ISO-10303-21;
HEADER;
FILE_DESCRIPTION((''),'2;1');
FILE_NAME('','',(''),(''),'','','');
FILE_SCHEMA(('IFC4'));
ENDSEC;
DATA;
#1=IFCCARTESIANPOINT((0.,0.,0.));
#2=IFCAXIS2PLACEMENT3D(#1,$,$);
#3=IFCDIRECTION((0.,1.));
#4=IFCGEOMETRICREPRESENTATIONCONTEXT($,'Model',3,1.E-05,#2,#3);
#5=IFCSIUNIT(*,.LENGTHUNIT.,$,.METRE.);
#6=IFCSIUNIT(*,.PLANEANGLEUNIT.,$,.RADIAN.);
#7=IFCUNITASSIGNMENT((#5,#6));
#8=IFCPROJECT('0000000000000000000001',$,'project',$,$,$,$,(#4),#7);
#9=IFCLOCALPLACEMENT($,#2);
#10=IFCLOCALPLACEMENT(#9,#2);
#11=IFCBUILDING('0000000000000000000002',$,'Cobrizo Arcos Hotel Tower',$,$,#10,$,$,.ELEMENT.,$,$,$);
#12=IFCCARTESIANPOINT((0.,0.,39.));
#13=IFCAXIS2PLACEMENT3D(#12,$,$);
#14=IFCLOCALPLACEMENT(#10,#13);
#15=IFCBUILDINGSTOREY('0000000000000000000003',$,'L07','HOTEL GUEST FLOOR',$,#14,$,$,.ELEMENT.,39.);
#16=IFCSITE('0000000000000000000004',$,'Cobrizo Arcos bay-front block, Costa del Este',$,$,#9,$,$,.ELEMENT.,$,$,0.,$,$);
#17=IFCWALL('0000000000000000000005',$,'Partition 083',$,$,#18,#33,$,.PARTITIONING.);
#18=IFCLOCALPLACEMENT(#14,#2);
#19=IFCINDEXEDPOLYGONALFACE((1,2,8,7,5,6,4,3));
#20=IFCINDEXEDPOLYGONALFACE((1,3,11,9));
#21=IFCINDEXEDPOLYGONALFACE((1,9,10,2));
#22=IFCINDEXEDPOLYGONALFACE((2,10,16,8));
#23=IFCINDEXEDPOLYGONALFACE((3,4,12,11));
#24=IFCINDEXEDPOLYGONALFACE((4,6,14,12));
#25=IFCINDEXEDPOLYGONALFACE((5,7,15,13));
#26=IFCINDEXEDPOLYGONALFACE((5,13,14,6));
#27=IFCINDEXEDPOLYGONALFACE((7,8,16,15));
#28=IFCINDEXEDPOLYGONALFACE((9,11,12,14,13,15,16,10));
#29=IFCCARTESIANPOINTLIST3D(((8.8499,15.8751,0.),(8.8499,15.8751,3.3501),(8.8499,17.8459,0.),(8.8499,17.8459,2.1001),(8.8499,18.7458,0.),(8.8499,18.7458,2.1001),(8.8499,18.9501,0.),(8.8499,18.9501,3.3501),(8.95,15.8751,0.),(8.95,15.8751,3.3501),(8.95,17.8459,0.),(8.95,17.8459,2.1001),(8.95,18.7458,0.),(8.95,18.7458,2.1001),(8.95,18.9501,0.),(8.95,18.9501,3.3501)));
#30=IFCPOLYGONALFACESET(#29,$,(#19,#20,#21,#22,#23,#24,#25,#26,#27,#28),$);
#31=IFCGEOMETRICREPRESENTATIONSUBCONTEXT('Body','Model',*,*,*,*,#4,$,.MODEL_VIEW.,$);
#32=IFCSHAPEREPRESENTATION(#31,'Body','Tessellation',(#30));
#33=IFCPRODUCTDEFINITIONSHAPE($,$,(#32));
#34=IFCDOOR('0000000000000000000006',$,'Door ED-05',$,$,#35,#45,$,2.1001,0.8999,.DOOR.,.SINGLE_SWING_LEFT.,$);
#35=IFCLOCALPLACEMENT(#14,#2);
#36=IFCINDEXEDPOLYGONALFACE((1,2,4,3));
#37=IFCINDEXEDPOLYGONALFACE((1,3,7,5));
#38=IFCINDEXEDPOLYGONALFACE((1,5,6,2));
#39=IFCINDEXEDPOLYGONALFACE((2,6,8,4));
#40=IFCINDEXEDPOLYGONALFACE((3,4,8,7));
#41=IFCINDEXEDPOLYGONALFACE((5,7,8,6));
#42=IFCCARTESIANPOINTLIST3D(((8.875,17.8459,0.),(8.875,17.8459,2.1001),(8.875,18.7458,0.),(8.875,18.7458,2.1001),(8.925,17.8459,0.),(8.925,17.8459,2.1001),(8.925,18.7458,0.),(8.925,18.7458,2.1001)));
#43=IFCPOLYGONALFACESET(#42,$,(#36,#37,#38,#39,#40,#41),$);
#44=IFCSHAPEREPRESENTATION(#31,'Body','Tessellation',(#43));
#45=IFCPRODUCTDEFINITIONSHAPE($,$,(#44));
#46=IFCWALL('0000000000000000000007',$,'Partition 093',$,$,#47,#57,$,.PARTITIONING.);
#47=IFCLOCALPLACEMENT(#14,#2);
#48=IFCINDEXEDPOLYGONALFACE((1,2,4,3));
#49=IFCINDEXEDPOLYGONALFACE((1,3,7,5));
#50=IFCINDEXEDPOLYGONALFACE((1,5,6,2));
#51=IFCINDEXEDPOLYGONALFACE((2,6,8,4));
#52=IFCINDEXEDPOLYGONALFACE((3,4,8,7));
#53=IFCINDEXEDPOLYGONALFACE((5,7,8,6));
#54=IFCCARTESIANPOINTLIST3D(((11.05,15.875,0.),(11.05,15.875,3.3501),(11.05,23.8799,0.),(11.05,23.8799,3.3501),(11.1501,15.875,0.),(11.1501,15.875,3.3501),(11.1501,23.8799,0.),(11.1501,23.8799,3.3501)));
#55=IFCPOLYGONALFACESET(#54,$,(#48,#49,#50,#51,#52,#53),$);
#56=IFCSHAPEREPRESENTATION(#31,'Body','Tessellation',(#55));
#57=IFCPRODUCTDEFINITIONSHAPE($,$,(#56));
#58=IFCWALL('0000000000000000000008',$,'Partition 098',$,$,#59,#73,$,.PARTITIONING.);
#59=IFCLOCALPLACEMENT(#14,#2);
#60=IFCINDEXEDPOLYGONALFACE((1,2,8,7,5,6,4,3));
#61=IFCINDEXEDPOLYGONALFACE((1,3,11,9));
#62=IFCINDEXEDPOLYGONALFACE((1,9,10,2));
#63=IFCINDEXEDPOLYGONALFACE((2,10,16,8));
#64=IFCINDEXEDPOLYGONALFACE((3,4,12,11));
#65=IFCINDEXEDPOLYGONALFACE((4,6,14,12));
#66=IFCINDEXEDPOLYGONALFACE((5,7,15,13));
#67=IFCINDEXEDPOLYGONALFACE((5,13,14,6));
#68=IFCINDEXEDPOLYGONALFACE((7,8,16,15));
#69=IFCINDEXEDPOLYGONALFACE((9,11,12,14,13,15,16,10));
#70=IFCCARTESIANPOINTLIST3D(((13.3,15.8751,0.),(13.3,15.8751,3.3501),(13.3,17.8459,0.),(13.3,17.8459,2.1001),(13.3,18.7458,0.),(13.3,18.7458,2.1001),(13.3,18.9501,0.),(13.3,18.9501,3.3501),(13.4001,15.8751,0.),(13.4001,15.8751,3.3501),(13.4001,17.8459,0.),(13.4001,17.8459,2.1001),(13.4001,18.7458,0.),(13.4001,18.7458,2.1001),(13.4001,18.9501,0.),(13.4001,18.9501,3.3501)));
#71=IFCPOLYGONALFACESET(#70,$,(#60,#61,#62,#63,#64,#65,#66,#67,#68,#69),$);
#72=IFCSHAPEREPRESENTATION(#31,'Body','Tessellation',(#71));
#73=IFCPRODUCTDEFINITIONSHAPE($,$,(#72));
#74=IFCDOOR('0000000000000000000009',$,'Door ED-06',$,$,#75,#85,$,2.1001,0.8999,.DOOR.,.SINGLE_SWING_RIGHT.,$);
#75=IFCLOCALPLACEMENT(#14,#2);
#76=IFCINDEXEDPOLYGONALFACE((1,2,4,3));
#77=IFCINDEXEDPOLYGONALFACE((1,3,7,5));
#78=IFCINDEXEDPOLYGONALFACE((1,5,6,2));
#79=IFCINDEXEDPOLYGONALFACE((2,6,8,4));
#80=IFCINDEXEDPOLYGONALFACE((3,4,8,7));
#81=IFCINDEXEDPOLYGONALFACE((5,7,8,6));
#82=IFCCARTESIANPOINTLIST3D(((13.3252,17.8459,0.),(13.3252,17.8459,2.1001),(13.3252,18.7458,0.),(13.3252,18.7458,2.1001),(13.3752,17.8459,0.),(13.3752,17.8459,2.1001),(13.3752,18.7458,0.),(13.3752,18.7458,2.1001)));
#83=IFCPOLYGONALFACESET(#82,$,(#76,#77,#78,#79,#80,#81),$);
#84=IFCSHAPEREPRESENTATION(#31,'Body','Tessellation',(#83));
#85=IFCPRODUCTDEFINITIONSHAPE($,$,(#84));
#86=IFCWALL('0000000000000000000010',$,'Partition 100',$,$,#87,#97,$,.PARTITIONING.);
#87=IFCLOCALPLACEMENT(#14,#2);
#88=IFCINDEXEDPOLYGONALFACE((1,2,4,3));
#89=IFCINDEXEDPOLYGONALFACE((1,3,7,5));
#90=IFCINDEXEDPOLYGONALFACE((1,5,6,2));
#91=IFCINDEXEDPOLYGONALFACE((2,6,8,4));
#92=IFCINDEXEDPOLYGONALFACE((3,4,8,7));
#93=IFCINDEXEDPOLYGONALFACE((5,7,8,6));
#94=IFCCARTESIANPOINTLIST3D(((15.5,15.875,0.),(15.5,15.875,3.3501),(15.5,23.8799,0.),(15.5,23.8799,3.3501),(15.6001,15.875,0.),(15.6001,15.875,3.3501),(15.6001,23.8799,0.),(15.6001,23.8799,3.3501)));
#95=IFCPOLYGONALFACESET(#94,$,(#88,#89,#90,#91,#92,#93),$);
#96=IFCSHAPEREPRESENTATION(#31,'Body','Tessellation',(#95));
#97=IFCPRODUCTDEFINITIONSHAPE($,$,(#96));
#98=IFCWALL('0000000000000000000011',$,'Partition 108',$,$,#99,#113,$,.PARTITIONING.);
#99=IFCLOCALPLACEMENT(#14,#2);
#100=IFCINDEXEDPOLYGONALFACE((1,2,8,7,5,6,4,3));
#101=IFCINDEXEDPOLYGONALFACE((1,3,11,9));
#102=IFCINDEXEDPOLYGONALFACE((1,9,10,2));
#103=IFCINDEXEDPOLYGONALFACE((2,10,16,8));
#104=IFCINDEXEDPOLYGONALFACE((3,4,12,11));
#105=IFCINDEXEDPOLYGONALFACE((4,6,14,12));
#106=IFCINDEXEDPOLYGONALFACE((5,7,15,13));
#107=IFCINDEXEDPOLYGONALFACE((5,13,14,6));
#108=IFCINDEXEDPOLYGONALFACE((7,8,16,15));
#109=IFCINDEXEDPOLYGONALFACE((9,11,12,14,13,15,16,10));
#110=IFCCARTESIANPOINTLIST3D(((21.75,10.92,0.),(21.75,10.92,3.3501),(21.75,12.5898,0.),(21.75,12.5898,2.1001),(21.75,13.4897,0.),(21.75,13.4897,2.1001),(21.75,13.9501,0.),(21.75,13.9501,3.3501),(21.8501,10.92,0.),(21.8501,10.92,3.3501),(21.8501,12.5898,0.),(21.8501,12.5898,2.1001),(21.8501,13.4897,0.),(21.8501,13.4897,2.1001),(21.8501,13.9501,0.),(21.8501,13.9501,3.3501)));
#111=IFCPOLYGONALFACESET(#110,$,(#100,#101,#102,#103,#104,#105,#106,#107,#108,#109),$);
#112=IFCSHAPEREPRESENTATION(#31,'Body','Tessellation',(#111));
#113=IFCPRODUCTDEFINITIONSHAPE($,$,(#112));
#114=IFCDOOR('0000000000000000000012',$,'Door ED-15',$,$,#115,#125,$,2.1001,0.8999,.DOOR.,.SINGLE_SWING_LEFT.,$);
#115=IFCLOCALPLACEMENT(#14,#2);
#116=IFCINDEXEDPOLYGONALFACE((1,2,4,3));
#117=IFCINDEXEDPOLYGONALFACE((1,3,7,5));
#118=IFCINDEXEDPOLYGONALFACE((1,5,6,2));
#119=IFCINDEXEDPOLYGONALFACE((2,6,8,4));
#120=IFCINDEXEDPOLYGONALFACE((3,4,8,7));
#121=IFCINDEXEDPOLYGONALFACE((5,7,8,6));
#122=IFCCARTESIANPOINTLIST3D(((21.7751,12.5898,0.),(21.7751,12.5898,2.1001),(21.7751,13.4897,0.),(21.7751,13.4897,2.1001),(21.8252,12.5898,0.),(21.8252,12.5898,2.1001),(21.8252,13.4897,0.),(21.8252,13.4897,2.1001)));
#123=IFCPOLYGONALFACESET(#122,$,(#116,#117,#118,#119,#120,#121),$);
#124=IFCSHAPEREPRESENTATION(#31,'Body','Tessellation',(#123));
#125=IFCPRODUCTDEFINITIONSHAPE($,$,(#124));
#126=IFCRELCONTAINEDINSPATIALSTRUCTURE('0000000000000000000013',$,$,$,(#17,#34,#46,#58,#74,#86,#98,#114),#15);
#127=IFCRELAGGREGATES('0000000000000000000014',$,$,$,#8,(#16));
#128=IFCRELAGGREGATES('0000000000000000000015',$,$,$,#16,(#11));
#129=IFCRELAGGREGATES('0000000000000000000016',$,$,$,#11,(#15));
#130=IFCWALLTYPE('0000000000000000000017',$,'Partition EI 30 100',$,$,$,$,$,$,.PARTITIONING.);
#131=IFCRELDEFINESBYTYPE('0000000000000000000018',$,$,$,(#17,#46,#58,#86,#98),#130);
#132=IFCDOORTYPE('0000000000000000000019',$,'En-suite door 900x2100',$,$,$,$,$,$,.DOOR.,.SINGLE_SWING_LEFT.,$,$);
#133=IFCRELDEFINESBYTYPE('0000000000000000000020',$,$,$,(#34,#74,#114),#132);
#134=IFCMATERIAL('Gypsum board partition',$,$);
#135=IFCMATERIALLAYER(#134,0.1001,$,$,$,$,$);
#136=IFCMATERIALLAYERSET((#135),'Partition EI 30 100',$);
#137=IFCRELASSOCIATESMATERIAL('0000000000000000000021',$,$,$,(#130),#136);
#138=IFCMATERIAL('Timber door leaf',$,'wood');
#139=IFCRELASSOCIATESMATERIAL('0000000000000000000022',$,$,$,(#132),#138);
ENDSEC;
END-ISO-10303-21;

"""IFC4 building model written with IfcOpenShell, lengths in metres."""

from ifc_helpers import new_model, si_unit, direction, frame, frame_2d, origin, place, context, subcontext, project, spatial, rectangle, extrude, material, layer, layer_set, type_object, element, fill, save


model = new_model("IFC4")

# Units and contexts
model_context = context("Model", 3, precision=1e-05, world=origin(), true_north=direction((0.0, 1.0)))
body_context = subcontext(model_context, "Body", "Model", "MODEL_VIEW")
ifc_project = project(units=[si_unit("LENGTHUNIT", "METRE"), si_unit("PLANEANGLEUNIT", "RADIAN")], contexts=[model_context])

# Site, building, storey
site_placement = place(None, origin())
site = spatial("IfcSite", under=ifc_project, at=site_placement, Name="Cobrizo Arcos bay-front block, Costa del Este", CompositionType="ELEMENT", RefElevation=0.0)
building_placement = place(site_placement, origin())
building = spatial("IfcBuilding", under=site, at=building_placement, Name="Cobrizo Arcos Hotel Tower", CompositionType="ELEMENT")
storey_placement = place(building_placement, frame((0.0, 0.0, 39.0)))
storey = spatial("IfcBuildingStorey", under=building, at=storey_placement, Name="L07", Description="HOTEL GUEST FLOOR", CompositionType="ELEMENT", Elevation=39.0)

# Shared definitions
ifc_material_1 = material(Name="Gypsum board partition")
ifc_layer_1 = layer(ifc_material_1, 0.1001)
ifc_layer_set_1 = layer_set([ifc_layer_1], Name="Partition EI 30 100")
wall_type = type_object("IfcWallType", Name="Partition EI 30 100", PredefinedType="PARTITIONING", material=ifc_layer_set_1)

# Shared definitions
ifc_material_2 = material(Name="Timber door leaf", Category="wood")
door_type = type_object("IfcDoorType", Name="En-suite door 900x2100", OperationType="SINGLE_SWING_LEFT", PredefinedType="DOOR", material=ifc_material_2)

# Wall, opening, door
wall_1_placement = place(storey_placement, frame((8.8999, 15.875, 0.0), z_axis=(0.0, 0.0, 1.0), x_axis=(0.0, 1.0, 0.0)))
wall_1 = element("IfcWall", 1, at=wall_1_placement, inside=storey, type_object=wall_type, Name="Partition 083", PredefinedType="PARTITIONING", context=body_context, shape_type="SweptSolid", body=[
    extrude(rectangle(XDim=3.075, YDim=0.1001, at=frame_2d((1.5376, 0.0))), origin(), (0.0, 0.0, 1.0), 3.3501),
])
opening_1_placement = place(wall_1_placement, frame((1.9709, 0.0, 0.0)))
opening_1 = element("IfcOpeningElement", 2, at=opening_1_placement, cuts=wall_1, PredefinedType="OPENING", context=body_context, shape_type="SweptSolid", body=[
    extrude(rectangle(XDim=0.8999, YDim=2.1001, at=frame_2d((0.45, 1.05))), frame((0.0, 0.062, 0.0), z_axis=(0.0, -1.0, 0.0), x_axis=(1.0, 0.0, 0.0)), (0.0, 0.0, 1.0), 0.124),
])
door_1_placement = place(opening_1_placement, origin())
door_1 = element("IfcDoor", 3, at=door_1_placement, inside=storey, type_object=door_type, Name="Door ED-05", OperationType="SINGLE_SWING_LEFT", OverallHeight=2.1001, OverallWidth=0.8999, PredefinedType="DOOR", context=body_context, shape_type="SweptSolid", body=[
    extrude(rectangle(XDim=0.8999, YDim=2.1001, at=frame_2d((0.45, 1.05))), frame((0.0, 0.0249, 0.0), z_axis=(0.0, -1.0, 0.0), x_axis=(1.0, 0.0, 0.0)), (0.0, 0.0, 1.0), 0.05),
])
fill(opening_1, door_1)

# Wall
wall_2_placement = place(storey_placement, frame((11.1001, 15.875, 0.0), z_axis=(0.0, 0.0, 1.0), x_axis=(0.0, 1.0, 0.0)))
element("IfcWall", 4, at=wall_2_placement, inside=storey, type_object=wall_type, Name="Partition 093", PredefinedType="PARTITIONING", context=body_context, shape_type="SweptSolid", body=[
    extrude(rectangle(XDim=8.0049, YDim=0.1001, at=frame_2d((4.0024, 0.0))), origin(), (0.0, 0.0, 1.0), 3.3501),
])

# Wall, opening, door
wall_3_placement = place(storey_placement, frame((13.3501, 15.875, 0.0), z_axis=(0.0, 0.0, 1.0), x_axis=(0.0, 1.0, 0.0)))
wall_3 = element("IfcWall", 5, at=wall_3_placement, inside=storey, type_object=wall_type, Name="Partition 098", PredefinedType="PARTITIONING", context=body_context, shape_type="SweptSolid", body=[
    extrude(rectangle(XDim=3.075, YDim=0.1001, at=frame_2d((1.5376, 0.0))), origin(), (0.0, 0.0, 1.0), 3.3501),
])
opening_2_placement = place(wall_3_placement, frame((1.9709, 0.0, 0.0)))
opening_2 = element("IfcOpeningElement", 6, at=opening_2_placement, cuts=wall_3, PredefinedType="OPENING", context=body_context, shape_type="SweptSolid", body=[
    extrude(rectangle(XDim=0.8999, YDim=2.1001, at=frame_2d((0.45, 1.05))), frame((0.0, 0.062, 0.0), z_axis=(0.0, -1.0, 0.0), x_axis=(1.0, 0.0, 0.0)), (0.0, 0.0, 1.0), 0.124),
])
door_2_placement = place(opening_2_placement, origin())
door_2 = element("IfcDoor", 7, at=door_2_placement, inside=storey, type_object=door_type, Name="Door ED-06", OperationType="SINGLE_SWING_RIGHT", OverallHeight=2.1001, OverallWidth=0.8999, PredefinedType="DOOR", context=body_context, shape_type="SweptSolid", body=[
    extrude(rectangle(XDim=0.8999, YDim=2.1001, at=frame_2d((0.45, 1.05))), frame((0.0, 0.0249, 0.0), z_axis=(0.0, -1.0, 0.0), x_axis=(1.0, 0.0, 0.0)), (0.0, 0.0, 1.0), 0.05),
])
fill(opening_2, door_2)

# Wall
wall_4_placement = place(storey_placement, frame((15.55, 15.875, 0.0), z_axis=(0.0, 0.0, 1.0), x_axis=(0.0, 1.0, 0.0)))
element("IfcWall", 8, at=wall_4_placement, inside=storey, type_object=wall_type, Name="Partition 100", PredefinedType="PARTITIONING", context=body_context, shape_type="SweptSolid", body=[
    extrude(rectangle(XDim=8.0049, YDim=0.1001, at=frame_2d((4.0024, 0.0))), origin(), (0.0, 0.0, 1.0), 3.3501),
])

# Wall, opening, door
wall_5_placement = place(storey_placement, frame((21.8, 10.9199, 0.0), z_axis=(0.0, 0.0, 1.0), x_axis=(0.0, 1.0, 0.0)))
wall_5 = element("IfcWall", 9, at=wall_5_placement, inside=storey, type_object=wall_type, Name="Partition 108", PredefinedType="PARTITIONING", context=body_context, shape_type="SweptSolid", body=[
    extrude(rectangle(XDim=3.03, YDim=0.1001, at=frame_2d((1.5151, 0.0))), origin(), (0.0, 0.0, 1.0), 3.3501),
])
opening_3_placement = place(wall_5_placement, frame((1.6699, 0.0, 0.0)))
opening_3 = element("IfcOpeningElement", 10, at=opening_3_placement, cuts=wall_5, PredefinedType="OPENING", context=body_context, shape_type="SweptSolid", body=[
    extrude(rectangle(XDim=0.8999, YDim=2.1001, at=frame_2d((0.45, 1.05))), frame((0.0, 0.062, 0.0), z_axis=(0.0, -1.0, 0.0), x_axis=(1.0, 0.0, 0.0)), (0.0, 0.0, 1.0), 0.124),
])
door_3_placement = place(opening_3_placement, origin())
door_3 = element("IfcDoor", 11, at=door_3_placement, inside=storey, type_object=door_type, Name="Door ED-15", OperationType="SINGLE_SWING_LEFT", OverallHeight=2.1001, OverallWidth=0.8999, PredefinedType="DOOR", context=body_context, shape_type="SweptSolid", body=[
    extrude(rectangle(XDim=0.8999, YDim=2.1001, at=frame_2d((0.45, 1.05))), frame((0.0, 0.0249, 0.0), z_axis=(0.0, -1.0, 0.0), x_axis=(1.0, 0.0, 0.0)), (0.0, 0.0, 1.0), 0.05),
])
fill(opening_3, door_3)

save(model, "model.ifc")
